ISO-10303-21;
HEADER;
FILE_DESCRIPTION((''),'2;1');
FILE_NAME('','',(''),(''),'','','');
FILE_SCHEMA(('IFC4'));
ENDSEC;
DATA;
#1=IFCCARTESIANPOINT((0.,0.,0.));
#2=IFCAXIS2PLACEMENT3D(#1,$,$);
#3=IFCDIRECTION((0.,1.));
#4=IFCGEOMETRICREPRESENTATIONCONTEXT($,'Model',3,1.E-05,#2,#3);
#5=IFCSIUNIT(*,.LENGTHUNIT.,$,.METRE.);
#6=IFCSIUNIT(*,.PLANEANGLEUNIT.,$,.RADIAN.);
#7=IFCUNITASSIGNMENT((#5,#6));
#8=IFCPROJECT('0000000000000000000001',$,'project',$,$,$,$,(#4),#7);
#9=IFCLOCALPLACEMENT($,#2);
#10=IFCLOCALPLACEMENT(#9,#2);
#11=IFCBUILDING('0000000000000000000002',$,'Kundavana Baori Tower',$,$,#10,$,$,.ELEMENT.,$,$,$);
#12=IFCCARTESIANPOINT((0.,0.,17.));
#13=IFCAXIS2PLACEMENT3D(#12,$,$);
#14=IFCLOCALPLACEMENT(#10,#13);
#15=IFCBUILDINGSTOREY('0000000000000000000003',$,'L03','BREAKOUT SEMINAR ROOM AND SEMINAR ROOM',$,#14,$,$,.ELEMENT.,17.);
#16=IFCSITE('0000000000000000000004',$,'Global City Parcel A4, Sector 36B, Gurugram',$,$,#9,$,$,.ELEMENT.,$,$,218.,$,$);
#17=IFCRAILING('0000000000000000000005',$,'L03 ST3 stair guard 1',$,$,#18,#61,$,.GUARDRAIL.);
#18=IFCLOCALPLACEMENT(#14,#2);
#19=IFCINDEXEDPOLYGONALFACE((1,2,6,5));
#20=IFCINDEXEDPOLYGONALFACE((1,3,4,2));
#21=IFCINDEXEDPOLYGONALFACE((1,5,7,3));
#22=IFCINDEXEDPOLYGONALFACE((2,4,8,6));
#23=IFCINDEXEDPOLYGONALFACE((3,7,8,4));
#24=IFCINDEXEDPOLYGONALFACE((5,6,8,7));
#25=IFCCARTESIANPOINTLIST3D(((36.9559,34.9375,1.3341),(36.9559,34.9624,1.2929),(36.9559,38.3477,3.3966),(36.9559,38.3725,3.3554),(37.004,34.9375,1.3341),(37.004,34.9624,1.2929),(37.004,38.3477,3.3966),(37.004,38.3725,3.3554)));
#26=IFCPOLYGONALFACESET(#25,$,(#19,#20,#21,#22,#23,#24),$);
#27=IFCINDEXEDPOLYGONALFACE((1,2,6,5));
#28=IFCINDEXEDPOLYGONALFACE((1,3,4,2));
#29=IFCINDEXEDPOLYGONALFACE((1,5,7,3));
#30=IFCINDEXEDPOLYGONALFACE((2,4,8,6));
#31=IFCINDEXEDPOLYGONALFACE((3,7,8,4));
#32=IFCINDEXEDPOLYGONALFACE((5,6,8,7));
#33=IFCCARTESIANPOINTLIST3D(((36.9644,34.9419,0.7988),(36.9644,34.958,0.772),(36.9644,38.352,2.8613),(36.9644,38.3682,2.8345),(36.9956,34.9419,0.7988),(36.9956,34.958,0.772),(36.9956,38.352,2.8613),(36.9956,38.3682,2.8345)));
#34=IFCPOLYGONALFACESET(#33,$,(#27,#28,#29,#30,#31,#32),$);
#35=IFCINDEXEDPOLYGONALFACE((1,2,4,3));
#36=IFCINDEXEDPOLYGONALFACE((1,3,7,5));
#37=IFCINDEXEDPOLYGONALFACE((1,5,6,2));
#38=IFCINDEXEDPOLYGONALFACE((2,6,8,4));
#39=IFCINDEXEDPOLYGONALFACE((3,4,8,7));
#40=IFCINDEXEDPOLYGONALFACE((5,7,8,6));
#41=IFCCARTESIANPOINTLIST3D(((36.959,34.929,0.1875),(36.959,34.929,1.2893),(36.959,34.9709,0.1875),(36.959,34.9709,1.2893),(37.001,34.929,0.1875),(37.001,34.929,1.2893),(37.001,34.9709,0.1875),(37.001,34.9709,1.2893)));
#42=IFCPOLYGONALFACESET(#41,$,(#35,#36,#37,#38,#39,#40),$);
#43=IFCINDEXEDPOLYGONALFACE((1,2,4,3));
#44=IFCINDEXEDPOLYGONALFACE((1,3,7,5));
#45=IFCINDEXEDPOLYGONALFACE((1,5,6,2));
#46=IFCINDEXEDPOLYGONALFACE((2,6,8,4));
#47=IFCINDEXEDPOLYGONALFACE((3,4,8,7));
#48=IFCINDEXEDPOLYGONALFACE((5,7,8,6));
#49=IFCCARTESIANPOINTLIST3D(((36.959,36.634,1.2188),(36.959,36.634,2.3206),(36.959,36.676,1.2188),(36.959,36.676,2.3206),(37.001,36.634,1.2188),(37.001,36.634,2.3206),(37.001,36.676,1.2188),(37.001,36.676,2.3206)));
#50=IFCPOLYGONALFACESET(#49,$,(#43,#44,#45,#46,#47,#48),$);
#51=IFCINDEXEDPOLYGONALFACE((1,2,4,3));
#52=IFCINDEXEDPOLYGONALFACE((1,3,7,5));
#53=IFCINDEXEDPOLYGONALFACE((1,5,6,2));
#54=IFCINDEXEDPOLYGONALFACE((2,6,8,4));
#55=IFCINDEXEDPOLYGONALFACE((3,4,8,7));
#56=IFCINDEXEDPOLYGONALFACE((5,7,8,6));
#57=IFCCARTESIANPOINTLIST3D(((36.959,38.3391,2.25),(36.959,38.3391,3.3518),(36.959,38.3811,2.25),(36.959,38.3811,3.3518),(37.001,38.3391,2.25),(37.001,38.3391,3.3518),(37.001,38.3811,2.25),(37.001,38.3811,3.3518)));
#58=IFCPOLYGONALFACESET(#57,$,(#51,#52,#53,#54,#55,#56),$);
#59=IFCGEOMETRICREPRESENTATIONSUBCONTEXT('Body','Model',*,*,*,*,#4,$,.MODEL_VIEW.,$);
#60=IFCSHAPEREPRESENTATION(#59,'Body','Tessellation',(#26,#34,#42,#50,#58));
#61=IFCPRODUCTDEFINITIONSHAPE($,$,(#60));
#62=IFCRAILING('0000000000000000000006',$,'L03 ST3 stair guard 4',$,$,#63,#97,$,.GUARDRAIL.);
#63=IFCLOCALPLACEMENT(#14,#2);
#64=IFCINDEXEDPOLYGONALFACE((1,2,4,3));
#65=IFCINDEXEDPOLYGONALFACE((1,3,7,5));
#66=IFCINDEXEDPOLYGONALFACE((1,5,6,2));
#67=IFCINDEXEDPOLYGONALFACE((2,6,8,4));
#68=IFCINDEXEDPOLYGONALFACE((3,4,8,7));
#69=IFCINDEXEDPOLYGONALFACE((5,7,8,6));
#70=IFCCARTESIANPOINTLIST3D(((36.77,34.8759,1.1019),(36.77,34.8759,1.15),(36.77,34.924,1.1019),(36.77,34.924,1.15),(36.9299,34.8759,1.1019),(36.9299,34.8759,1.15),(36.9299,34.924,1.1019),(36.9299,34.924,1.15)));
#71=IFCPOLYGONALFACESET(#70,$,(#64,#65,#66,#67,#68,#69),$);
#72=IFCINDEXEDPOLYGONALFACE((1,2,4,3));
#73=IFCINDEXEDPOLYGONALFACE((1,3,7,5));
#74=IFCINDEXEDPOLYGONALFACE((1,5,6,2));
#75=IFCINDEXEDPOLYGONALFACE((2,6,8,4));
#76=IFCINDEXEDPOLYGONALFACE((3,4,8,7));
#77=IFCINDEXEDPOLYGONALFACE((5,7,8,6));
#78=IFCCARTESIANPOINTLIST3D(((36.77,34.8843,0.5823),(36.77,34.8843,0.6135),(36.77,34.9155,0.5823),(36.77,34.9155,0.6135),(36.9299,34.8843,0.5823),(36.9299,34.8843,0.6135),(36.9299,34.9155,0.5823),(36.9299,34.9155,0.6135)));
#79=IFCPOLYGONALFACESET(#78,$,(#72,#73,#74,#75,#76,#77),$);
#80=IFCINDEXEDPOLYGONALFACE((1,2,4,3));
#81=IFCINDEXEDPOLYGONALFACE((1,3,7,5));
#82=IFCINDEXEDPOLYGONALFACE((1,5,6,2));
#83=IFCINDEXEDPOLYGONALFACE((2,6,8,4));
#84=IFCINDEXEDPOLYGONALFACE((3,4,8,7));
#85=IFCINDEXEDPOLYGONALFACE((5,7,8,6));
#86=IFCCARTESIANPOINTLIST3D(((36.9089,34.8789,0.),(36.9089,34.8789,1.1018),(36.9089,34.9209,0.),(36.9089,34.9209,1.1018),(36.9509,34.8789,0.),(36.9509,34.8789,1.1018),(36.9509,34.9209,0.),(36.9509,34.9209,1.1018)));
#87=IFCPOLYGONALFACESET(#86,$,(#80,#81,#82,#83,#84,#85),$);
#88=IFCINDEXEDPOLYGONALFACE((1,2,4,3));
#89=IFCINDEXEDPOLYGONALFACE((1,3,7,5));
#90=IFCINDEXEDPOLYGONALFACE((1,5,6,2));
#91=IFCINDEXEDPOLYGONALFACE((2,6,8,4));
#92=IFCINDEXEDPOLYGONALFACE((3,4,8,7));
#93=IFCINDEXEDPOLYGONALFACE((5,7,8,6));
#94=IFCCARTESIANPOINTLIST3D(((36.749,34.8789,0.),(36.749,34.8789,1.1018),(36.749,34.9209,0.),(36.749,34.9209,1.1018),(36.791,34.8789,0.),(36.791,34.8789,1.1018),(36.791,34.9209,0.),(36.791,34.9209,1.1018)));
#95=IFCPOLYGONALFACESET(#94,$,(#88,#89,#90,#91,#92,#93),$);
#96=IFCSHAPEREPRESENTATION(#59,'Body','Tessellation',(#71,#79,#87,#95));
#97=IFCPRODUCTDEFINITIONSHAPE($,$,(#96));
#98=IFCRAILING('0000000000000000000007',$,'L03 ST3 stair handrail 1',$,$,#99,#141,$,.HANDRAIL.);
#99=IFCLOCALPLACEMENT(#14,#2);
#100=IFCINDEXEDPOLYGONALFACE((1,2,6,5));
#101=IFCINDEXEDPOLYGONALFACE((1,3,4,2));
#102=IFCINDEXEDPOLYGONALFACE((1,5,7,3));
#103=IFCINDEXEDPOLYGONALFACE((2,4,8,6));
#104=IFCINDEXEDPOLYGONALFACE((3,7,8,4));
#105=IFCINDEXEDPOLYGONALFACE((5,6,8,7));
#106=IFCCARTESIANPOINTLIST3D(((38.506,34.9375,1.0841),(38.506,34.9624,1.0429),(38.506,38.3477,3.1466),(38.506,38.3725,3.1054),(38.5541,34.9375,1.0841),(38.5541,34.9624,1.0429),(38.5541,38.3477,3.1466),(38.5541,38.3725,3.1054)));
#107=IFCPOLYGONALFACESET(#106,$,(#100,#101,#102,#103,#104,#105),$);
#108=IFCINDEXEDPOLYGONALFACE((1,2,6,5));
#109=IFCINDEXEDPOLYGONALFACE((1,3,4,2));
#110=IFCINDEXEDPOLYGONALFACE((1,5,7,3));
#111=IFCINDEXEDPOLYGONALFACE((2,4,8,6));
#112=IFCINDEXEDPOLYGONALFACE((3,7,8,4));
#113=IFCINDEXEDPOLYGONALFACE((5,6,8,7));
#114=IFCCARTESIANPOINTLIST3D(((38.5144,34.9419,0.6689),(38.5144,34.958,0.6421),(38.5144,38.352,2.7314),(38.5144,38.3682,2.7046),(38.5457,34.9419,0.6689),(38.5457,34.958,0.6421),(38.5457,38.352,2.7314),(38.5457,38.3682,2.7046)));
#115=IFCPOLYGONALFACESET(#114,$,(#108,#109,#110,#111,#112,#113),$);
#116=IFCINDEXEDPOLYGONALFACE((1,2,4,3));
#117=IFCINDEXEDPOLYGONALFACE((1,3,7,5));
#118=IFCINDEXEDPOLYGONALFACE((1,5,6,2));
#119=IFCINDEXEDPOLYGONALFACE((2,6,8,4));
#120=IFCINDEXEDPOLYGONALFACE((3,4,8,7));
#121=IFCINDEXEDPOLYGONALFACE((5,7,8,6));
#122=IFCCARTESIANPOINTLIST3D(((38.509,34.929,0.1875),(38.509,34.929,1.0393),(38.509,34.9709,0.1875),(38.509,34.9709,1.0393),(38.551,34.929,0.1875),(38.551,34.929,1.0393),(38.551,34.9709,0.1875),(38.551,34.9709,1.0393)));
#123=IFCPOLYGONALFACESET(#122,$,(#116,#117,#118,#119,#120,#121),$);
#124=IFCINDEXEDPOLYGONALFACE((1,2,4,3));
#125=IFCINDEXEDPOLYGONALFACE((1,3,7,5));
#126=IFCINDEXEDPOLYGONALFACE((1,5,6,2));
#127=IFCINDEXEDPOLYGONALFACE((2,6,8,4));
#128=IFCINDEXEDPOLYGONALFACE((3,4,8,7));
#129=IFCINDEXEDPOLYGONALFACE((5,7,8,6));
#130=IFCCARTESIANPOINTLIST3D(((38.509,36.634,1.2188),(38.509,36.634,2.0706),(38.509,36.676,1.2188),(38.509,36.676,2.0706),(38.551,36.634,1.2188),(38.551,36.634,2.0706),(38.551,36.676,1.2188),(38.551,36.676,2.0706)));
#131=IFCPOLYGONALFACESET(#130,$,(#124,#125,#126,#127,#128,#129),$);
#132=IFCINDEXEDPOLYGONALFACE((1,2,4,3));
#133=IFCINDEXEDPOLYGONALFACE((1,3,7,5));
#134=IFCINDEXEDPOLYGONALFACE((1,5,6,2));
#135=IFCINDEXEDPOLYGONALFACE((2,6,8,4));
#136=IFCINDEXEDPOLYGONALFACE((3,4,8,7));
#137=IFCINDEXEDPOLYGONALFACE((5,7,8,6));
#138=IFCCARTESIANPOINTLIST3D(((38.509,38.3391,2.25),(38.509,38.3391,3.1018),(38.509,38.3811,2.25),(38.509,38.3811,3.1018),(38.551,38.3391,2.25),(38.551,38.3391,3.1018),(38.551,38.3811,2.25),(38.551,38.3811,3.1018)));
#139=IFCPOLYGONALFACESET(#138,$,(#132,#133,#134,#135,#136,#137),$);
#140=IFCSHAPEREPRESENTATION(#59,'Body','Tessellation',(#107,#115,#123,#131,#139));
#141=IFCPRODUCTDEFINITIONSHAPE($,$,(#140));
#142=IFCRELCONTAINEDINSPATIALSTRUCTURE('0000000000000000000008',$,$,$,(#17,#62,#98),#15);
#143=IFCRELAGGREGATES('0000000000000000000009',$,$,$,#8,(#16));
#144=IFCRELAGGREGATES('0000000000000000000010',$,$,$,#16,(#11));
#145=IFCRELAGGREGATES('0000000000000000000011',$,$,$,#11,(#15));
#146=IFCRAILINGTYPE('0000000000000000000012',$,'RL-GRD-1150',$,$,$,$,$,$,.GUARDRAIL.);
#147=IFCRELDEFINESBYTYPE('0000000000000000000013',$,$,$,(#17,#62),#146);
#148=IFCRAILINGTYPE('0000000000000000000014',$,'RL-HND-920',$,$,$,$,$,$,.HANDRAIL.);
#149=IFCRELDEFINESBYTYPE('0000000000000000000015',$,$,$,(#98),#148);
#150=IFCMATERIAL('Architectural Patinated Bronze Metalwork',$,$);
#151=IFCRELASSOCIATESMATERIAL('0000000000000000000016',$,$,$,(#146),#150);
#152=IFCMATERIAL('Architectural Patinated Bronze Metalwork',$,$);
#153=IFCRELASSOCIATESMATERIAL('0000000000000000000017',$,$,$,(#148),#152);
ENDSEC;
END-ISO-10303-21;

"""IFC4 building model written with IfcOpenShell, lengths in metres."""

from ifc_helpers import new_model, si_unit, direction, frame, origin, origin_2d, place, context, subcontext, project, spatial, rectangle, extrude, material, type_object, element, save


model = new_model("IFC4")

# Units and contexts
model_context = context("Model", 3, precision=1e-05, world=origin(), true_north=direction((0.0, 1.0)))
body_context = subcontext(model_context, "Body", "Model", "MODEL_VIEW")
ifc_project = project(units=[si_unit("LENGTHUNIT", "METRE"), si_unit("PLANEANGLEUNIT", "RADIAN")], contexts=[model_context])

# Site, building, storey
site_placement = place(None, origin())
site = spatial("IfcSite", under=ifc_project, at=site_placement, Name="Global City Parcel A4, Sector 36B, Gurugram", CompositionType="ELEMENT", RefElevation=218.0)
building_placement = place(site_placement, origin())
building = spatial("IfcBuilding", under=site, at=building_placement, Name="Kundavana Baori Tower", CompositionType="ELEMENT")
storey_placement = place(building_placement, frame((0.0, 0.0, 17.0)))
storey = spatial("IfcBuildingStorey", under=building, at=storey_placement, Name="L03", Description="BREAKOUT SEMINAR ROOM AND SEMINAR ROOM", CompositionType="ELEMENT", Elevation=17.0)

# Railings
ifc_material_1 = material(Name="Architectural Patinated Bronze Metalwork")
railing_type_1 = type_object("IfcRailingType", Name="RL-GRD-1150", PredefinedType="GUARDRAIL", material=ifc_material_1)
railing_1_placement = place(storey_placement, frame((36.98, 34.95, 0.1875)))
element("IfcRailing", 1, at=railing_1_placement, inside=storey, type_object=railing_type_1, Name="L03 ST3 stair guard 1", PredefinedType="GUARDRAIL", context=body_context, shape_type="SweptSolid", body=[
    extrude(rectangle(XDim=0.0481, YDim=0.0481, at=origin_2d()), frame((0.0, 0.0, 1.126), z_axis=(0.0, 0.855671, 0.517519), x_axis=(-1.0, 0.0, 0.0)), (0.0, 0.0, 1.0), 3.9854),
    extrude(rectangle(XDim=0.0312, YDim=0.0312, at=origin_2d()), frame((0.0, 0.0, 0.5979), z_axis=(0.0, 0.855671, 0.517519), x_axis=(-1.0, 0.0, 0.0)), (0.0, 0.0, 1.0), 3.9854),
    extrude(rectangle(XDim=0.042, YDim=0.042, at=origin_2d()), origin(), (0.0, 0.0, 1.0), 1.1018),
    extrude(rectangle(XDim=0.042, YDim=0.042, at=origin_2d()), frame((0.0, 1.7051, 1.0312)), (0.0, 0.0, 1.0), 1.1018),
    extrude(rectangle(XDim=0.042, YDim=0.042, at=origin_2d()), frame((0.0, 3.4102, 2.0625)), (0.0, 0.0, 1.0), 1.1018),
])
railing_2_placement = place(storey_placement, frame((36.9299, 34.8999, 0.0)))
element("IfcRailing", 2, at=railing_2_placement, inside=storey, type_object=railing_type_1, Name="L03 ST3 stair guard 4", PredefinedType="GUARDRAIL", context=body_context, shape_type="SweptSolid", body=[
    extrude(rectangle(XDim=0.0481, YDim=0.0481, at=origin_2d()), frame((0.0, 0.0, 1.126), z_axis=(-1.0, 0.0, 0.0), x_axis=(0.0, -1.0, 0.0)), (0.0, 0.0, 1.0), 0.1599),
    extrude(rectangle(XDim=0.0312, YDim=0.0312, at=origin_2d()), frame((0.0, 0.0, 0.5979), z_axis=(-1.0, 0.0, 0.0), x_axis=(0.0, -1.0, 0.0)), (0.0, 0.0, 1.0), 0.1599),
    extrude(rectangle(XDim=0.042, YDim=0.042, at=origin_2d()), origin(), (0.0, 0.0, 1.0), 1.1018),
    extrude(rectangle(XDim=0.042, YDim=0.042, at=origin_2d()), frame((-0.1599, 0.0, 0.0)), (0.0, 0.0, 1.0), 1.1018),
])
ifc_material_2 = material(Name="Architectural Patinated Bronze Metalwork")
railing_type_2 = type_object("IfcRailingType", Name="RL-HND-920", PredefinedType="HANDRAIL", material=ifc_material_2)
railing_3_placement = place(storey_placement, frame((38.53, 34.95, 0.1875)))
element("IfcRailing", 3, at=railing_3_placement, inside=storey, type_object=railing_type_2, Name="L03 ST3 stair handrail 1", PredefinedType="HANDRAIL", context=body_context, shape_type="SweptSolid", body=[
    extrude(rectangle(XDim=0.0481, YDim=0.0481, at=origin_2d()), frame((0.0, 0.0, 0.876), z_axis=(0.0, 0.855671, 0.517519), x_axis=(-1.0, 0.0, 0.0)), (0.0, 0.0, 1.0), 3.9854),
    extrude(rectangle(XDim=0.0312, YDim=0.0312, at=origin_2d()), frame((0.0, 0.0, 0.468), z_axis=(0.0, 0.855671, 0.517519), x_axis=(-1.0, 0.0, 0.0)), (0.0, 0.0, 1.0), 3.9854),
    extrude(rectangle(XDim=0.042, YDim=0.042, at=origin_2d()), origin(), (0.0, 0.0, 1.0), 0.8518),
    extrude(rectangle(XDim=0.042, YDim=0.042, at=origin_2d()), frame((0.0, 1.7051, 1.0312)), (0.0, 0.0, 1.0), 0.8518),
    extrude(rectangle(XDim=0.042, YDim=0.042, at=origin_2d()), frame((0.0, 3.4102, 2.0625)), (0.0, 0.0, 1.0), 0.8518),
])

save(model, "model.ifc")
